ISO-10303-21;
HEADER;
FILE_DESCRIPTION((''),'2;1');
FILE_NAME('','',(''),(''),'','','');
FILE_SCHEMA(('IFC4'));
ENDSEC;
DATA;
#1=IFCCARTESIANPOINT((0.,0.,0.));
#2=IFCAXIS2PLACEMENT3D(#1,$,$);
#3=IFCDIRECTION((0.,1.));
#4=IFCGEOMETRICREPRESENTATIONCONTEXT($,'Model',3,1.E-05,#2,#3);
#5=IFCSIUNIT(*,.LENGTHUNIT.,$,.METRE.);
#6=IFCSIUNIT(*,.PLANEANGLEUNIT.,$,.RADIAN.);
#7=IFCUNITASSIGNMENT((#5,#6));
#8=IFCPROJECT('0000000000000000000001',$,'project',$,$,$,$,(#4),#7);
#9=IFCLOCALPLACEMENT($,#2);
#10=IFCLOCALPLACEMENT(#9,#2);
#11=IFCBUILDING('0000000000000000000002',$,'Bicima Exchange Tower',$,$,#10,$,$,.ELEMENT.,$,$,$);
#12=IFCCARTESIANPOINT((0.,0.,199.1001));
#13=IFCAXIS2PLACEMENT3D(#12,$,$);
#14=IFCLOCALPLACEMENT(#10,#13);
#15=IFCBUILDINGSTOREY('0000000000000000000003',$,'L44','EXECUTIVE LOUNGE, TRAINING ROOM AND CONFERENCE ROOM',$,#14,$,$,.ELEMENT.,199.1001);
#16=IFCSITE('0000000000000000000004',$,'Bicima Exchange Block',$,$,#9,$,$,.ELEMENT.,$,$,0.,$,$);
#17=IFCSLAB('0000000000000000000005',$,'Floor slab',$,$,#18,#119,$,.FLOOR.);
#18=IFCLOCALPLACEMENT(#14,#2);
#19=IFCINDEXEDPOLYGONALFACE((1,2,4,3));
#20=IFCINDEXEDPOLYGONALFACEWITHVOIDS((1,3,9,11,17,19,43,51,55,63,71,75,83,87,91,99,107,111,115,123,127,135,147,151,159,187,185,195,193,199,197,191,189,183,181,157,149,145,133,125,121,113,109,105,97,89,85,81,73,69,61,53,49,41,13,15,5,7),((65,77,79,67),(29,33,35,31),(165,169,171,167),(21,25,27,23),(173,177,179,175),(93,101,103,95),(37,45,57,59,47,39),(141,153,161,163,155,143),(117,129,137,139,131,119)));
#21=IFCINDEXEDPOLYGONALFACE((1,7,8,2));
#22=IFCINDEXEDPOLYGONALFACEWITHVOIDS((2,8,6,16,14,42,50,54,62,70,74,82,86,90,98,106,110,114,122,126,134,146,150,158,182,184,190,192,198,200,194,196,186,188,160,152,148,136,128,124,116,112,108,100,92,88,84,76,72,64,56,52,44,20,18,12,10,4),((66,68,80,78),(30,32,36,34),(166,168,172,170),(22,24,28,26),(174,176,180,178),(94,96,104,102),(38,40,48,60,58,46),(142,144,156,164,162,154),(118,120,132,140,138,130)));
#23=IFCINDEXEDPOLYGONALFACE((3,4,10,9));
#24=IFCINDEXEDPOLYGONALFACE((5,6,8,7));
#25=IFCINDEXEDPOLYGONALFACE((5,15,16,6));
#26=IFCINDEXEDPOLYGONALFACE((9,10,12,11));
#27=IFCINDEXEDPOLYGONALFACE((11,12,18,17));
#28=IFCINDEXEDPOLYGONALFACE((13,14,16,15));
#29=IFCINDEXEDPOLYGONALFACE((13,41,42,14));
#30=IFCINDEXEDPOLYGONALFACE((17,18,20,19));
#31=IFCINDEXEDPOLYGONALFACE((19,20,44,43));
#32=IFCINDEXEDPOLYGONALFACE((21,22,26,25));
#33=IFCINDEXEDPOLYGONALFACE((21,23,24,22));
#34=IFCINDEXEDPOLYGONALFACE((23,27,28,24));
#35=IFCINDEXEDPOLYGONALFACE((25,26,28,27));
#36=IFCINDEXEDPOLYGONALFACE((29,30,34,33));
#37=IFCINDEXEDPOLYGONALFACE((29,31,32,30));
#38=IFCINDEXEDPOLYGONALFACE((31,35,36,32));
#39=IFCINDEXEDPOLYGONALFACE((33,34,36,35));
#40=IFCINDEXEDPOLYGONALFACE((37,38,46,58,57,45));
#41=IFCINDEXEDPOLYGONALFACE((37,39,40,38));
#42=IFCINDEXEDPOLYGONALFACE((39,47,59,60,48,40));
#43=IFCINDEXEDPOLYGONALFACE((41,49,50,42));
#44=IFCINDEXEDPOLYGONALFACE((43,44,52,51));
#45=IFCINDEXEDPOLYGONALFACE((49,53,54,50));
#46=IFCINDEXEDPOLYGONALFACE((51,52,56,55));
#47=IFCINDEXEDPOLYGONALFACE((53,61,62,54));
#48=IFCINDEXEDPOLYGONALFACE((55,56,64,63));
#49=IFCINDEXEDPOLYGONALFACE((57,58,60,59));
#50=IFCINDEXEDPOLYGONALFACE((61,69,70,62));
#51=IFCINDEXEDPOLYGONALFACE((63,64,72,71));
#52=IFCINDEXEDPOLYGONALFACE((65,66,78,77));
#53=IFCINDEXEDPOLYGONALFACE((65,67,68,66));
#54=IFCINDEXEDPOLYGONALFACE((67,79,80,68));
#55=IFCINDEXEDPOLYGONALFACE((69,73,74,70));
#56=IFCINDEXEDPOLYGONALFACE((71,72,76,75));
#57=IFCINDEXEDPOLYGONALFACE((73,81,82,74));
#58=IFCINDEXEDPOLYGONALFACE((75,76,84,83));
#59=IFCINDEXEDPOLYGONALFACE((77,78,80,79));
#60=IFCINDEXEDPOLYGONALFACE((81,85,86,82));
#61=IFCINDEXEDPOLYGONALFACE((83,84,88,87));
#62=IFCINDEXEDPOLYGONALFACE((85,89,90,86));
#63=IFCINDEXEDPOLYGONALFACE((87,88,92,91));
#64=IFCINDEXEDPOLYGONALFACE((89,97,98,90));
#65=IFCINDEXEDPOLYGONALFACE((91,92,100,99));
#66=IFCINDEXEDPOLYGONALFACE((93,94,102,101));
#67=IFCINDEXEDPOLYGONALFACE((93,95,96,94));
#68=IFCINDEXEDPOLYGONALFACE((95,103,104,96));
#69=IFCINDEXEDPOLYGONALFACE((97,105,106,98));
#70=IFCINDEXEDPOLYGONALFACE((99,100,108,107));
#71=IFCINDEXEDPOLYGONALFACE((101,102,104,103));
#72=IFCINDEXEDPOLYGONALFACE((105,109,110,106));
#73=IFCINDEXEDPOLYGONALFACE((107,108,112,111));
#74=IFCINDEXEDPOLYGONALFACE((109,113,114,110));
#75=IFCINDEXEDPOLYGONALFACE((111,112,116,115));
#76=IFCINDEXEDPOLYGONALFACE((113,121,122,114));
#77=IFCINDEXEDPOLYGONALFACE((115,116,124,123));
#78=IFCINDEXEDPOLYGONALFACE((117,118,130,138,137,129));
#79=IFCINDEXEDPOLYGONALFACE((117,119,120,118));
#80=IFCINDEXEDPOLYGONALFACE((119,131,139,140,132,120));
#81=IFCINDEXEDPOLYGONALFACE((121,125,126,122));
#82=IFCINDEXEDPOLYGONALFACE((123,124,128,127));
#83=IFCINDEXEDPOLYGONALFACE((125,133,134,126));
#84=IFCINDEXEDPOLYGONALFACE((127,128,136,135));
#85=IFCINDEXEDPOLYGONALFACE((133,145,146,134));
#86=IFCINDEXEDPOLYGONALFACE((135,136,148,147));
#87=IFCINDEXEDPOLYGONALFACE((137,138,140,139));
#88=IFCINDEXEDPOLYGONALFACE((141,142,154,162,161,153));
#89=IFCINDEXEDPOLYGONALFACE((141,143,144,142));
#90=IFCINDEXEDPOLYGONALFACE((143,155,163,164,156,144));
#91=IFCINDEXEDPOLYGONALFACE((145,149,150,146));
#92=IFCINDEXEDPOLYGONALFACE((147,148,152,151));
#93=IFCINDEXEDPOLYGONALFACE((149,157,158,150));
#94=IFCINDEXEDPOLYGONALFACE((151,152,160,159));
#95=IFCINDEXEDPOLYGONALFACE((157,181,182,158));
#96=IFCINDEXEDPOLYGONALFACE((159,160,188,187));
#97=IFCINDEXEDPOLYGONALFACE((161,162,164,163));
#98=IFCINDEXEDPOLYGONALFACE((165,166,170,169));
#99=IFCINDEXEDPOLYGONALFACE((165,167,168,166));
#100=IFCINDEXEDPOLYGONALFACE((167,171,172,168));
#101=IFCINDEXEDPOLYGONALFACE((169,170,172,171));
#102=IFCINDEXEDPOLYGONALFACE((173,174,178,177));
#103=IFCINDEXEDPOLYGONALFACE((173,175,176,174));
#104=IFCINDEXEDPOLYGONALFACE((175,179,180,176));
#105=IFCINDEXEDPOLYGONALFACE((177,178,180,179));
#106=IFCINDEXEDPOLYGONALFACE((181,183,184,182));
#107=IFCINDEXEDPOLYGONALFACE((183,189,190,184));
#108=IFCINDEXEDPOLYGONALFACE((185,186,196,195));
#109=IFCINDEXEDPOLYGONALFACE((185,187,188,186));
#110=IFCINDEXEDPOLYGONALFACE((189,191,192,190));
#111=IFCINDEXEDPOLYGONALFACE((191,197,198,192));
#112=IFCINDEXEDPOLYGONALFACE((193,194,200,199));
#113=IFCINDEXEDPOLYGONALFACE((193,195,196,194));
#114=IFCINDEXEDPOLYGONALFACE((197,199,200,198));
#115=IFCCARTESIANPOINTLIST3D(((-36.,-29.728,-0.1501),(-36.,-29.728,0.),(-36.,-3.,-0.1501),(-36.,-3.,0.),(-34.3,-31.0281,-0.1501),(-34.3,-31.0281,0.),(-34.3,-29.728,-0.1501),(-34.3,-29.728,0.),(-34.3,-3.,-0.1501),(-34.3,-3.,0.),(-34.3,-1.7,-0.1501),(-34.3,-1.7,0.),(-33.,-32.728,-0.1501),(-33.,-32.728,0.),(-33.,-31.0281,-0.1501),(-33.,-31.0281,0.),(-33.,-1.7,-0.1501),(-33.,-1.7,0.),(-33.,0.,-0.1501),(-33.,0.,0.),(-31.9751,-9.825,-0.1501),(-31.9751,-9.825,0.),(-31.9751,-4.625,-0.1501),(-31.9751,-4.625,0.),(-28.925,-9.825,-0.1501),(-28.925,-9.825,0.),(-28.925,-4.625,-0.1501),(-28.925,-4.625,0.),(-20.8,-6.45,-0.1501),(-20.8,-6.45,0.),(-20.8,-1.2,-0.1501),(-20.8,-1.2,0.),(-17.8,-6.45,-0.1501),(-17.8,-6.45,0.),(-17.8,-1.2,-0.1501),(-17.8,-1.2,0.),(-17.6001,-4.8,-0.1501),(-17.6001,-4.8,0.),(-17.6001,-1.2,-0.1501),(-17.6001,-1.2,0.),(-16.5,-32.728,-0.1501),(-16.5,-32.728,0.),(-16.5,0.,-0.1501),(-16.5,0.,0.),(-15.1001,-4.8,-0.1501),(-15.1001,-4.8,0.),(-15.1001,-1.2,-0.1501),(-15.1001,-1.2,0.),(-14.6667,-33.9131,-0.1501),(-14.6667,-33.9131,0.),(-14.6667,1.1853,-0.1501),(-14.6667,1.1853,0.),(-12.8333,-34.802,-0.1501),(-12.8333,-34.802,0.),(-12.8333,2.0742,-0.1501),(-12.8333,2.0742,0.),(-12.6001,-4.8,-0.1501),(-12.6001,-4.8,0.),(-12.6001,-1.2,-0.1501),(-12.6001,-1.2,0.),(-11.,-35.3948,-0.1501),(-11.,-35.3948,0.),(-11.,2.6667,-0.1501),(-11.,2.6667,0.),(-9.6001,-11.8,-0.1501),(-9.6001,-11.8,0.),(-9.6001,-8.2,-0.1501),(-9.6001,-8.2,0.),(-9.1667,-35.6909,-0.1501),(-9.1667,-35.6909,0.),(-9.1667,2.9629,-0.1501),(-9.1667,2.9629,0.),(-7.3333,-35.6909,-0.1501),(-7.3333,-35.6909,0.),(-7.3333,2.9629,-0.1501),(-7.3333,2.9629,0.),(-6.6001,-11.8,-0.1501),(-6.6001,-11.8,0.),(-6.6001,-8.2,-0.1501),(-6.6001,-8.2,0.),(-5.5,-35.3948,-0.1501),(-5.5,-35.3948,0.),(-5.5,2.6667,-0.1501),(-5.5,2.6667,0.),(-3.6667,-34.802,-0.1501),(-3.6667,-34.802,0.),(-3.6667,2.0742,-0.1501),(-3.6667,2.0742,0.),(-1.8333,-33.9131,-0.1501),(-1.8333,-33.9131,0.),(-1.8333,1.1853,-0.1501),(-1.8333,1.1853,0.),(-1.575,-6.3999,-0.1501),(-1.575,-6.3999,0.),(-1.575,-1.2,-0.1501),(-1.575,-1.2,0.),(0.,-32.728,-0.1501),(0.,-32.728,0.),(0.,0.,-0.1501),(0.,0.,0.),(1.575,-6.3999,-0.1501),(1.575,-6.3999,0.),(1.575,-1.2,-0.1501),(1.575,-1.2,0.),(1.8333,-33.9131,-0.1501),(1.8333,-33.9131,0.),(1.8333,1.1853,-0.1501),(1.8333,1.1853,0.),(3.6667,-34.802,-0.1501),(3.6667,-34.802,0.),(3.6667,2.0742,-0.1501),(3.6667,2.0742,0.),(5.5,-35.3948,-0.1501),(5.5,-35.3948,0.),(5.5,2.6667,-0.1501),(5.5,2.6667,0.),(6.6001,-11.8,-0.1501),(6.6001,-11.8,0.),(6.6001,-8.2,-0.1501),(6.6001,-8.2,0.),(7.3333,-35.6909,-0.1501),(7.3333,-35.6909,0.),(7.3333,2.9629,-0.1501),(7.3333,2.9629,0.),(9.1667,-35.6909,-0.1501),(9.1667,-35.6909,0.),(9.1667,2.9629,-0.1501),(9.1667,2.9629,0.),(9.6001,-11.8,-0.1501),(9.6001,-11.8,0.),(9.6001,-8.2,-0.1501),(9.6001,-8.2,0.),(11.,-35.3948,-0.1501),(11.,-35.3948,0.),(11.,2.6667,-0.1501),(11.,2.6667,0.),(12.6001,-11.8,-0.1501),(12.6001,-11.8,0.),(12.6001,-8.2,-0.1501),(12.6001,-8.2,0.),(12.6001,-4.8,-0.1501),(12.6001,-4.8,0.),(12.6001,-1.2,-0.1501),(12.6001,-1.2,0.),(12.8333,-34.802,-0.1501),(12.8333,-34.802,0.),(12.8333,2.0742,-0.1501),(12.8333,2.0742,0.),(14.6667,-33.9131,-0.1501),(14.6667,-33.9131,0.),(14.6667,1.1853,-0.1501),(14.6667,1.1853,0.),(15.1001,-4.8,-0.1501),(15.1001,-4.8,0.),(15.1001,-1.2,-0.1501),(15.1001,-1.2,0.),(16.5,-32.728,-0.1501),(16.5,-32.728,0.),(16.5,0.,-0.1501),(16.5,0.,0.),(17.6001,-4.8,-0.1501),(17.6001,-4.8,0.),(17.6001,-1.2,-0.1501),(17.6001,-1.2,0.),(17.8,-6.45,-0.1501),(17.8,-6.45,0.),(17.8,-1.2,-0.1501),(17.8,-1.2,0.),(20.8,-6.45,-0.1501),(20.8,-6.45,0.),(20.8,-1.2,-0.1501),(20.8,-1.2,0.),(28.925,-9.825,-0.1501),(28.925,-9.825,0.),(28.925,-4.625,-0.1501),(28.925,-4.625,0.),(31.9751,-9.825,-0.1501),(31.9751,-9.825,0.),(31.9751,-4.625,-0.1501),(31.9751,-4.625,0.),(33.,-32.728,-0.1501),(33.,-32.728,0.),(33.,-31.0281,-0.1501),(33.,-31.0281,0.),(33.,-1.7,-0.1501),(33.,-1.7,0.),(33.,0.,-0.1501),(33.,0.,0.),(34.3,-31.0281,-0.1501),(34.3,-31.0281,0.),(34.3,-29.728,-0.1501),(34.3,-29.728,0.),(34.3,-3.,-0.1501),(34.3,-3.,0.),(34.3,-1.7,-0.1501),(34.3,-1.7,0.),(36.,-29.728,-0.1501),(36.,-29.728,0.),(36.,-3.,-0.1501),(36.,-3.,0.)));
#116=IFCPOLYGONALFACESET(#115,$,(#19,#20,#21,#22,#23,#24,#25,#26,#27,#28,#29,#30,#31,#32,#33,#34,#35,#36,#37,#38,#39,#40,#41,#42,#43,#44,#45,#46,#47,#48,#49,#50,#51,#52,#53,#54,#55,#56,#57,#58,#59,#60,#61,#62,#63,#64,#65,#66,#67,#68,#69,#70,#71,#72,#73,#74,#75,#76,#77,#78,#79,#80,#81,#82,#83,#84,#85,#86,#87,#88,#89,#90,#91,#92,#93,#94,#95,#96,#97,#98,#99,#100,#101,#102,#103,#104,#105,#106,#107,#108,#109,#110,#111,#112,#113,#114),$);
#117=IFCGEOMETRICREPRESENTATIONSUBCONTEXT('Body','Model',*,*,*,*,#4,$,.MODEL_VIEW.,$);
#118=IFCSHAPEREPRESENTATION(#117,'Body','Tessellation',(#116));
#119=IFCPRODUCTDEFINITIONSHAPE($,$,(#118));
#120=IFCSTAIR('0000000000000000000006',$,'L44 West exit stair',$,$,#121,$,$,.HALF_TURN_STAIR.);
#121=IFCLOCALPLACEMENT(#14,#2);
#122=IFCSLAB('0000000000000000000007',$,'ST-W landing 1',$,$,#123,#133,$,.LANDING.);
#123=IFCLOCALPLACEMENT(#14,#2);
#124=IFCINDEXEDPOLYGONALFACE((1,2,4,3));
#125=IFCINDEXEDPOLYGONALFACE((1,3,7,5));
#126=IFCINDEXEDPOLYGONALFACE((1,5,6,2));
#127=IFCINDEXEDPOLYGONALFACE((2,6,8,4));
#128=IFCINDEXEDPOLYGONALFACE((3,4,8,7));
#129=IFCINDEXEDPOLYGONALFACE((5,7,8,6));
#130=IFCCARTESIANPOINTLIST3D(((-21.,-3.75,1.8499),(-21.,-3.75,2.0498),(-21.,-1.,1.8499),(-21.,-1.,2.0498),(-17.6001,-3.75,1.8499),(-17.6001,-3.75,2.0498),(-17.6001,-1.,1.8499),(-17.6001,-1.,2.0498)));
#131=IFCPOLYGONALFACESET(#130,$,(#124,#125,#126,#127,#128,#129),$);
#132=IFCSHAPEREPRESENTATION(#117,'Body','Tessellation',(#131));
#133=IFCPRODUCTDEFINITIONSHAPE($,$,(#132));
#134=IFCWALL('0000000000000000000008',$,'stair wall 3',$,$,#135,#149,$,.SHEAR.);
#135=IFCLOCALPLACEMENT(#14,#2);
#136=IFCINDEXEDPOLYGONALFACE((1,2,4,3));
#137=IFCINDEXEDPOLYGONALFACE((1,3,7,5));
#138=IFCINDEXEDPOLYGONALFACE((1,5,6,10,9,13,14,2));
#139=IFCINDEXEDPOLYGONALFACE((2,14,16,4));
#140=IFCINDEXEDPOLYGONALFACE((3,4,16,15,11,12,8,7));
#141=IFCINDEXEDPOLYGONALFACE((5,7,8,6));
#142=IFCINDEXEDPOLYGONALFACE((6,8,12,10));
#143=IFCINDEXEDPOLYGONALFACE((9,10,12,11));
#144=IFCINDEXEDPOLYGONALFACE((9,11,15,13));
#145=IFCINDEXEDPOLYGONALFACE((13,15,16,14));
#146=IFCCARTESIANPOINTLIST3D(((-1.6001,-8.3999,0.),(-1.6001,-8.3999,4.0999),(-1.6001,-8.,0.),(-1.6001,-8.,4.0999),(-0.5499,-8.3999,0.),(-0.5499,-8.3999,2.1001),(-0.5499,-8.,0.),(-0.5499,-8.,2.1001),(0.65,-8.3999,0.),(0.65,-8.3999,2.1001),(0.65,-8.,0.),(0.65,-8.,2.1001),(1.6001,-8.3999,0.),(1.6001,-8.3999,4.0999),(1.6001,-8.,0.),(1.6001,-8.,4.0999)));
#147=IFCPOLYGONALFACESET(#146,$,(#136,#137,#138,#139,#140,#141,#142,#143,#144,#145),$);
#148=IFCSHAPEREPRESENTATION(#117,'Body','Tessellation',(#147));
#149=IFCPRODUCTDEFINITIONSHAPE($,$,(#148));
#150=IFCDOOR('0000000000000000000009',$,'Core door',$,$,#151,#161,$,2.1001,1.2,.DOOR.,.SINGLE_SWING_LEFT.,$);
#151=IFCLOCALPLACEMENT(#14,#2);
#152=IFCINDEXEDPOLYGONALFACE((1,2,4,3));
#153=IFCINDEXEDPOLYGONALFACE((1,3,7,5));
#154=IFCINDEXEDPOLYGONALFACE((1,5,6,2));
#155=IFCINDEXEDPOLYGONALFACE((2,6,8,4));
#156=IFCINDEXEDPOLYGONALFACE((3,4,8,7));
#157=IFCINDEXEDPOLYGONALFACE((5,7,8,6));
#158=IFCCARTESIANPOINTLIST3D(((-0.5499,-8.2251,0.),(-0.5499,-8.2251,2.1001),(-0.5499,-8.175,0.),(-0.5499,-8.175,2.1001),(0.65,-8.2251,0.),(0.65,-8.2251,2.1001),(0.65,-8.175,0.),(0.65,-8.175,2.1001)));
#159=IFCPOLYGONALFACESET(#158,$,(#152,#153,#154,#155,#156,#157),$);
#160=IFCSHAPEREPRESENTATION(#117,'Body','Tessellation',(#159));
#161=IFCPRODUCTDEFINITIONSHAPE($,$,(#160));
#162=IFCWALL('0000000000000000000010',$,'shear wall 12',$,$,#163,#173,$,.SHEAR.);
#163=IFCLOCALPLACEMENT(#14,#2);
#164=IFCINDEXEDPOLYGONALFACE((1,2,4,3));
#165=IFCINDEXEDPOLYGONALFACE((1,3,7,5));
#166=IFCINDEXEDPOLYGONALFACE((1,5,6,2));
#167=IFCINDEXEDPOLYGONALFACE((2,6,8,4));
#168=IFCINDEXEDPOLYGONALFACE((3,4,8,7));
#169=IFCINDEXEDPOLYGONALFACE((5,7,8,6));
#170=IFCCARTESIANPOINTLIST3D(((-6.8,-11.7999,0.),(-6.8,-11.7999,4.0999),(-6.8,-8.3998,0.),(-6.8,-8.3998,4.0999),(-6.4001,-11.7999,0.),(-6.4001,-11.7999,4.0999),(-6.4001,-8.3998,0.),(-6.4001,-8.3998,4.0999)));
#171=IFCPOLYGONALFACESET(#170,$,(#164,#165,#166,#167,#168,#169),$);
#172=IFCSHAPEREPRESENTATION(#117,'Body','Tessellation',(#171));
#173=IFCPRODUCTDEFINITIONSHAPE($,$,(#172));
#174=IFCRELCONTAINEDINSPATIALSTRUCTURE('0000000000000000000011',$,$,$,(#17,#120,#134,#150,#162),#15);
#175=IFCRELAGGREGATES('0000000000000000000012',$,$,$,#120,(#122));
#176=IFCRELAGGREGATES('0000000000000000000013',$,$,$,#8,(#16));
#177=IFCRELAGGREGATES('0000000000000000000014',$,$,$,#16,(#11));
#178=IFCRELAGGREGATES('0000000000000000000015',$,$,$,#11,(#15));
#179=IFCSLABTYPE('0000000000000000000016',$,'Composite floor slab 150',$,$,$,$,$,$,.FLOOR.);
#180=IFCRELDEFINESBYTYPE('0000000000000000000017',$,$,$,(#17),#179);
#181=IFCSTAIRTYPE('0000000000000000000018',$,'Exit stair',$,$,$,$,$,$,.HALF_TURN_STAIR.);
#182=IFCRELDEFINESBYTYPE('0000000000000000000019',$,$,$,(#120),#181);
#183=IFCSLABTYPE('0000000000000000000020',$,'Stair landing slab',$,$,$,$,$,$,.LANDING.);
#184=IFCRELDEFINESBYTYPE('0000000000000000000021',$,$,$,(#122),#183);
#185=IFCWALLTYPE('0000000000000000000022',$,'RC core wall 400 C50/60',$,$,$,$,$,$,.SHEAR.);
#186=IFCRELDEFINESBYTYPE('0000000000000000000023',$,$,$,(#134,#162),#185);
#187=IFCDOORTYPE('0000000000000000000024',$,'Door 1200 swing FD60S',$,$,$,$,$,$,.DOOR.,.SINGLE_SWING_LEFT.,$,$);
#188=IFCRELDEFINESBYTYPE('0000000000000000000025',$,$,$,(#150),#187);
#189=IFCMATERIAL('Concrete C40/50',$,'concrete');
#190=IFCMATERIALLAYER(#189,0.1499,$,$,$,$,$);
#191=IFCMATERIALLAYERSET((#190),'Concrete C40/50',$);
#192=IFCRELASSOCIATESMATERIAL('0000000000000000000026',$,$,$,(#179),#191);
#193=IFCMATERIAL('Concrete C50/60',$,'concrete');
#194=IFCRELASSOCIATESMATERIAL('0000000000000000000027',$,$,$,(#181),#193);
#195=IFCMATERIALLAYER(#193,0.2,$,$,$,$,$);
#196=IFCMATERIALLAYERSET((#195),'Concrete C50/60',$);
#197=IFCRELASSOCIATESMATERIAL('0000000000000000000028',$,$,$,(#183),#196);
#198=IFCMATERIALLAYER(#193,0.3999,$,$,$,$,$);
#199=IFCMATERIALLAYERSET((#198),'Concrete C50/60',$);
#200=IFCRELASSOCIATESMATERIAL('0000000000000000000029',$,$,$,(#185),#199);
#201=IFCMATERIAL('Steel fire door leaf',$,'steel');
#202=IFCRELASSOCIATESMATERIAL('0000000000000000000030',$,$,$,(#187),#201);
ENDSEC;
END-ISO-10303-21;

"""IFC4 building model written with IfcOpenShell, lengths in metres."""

from ifc_helpers import new_model, si_unit, direction, frame, frame_2d, origin, place, context, subcontext, project, spatial, polyline, rectangle, outline, extrude, material, layer, layer_set, type_object, element, fill, aggregate, save


model = new_model("IFC4")

# Units and contexts
model_context = context("Model", 3, precision=1e-05, world=origin(), true_north=direction((0.0, 1.0)))
body_context = subcontext(model_context, "Body", "Model", "MODEL_VIEW")
ifc_project = project(units=[si_unit("LENGTHUNIT", "METRE"), si_unit("PLANEANGLEUNIT", "RADIAN")], contexts=[model_context])

# Site, building, storey
site_placement = place(None, origin())
site = spatial("IfcSite", under=ifc_project, at=site_placement, Name="Bicima Exchange Block", CompositionType="ELEMENT", RefElevation=0.0)
building_placement = place(site_placement, origin())
building = spatial("IfcBuilding", under=site, at=building_placement, Name="Bicima Exchange Tower", CompositionType="ELEMENT")
storey_placement = place(building_placement, frame((0.0, 0.0, 199.1001)))
storey = spatial("IfcBuildingStorey", under=building, at=storey_placement, Name="L44", Description="EXECUTIVE LOUNGE, TRAINING ROOM AND CONFERENCE ROOM", CompositionType="ELEMENT", Elevation=199.1001)

# Slab
ifc_material_1 = material(Name="Concrete C40/50", Category="concrete")
ifc_layer_1 = layer(ifc_material_1, 0.1499)
ifc_layer_set_1 = layer_set([ifc_layer_1], Name="Concrete C40/50")
slab_type_1 = type_object("IfcSlabType", Name="Composite floor slab 150", PredefinedType="FLOOR", material=ifc_layer_set_1)
slab_1_placement = place(storey_placement, frame((0.0, 0.0, -0.1501)))
element("IfcSlab", 1, at=slab_1_placement, inside=storey, type_object=slab_type_1, Name="Floor slab", PredefinedType="FLOOR", context=body_context, shape_type="SweptSolid", body=[
    extrude(outline(polyline([(-36.0, -29.728), (-36.0, -3.0), (-34.3, -3.0), (-34.3, -1.7), (-33.0, -1.7), (-33.0, 0.0), (-16.5, 0.0), (-14.6667, 1.1853), (-12.8333, 2.0742), (-11.0, 2.6667), (-9.1667, 2.9629), (-7.3333, 2.9629), (-5.5, 2.6667), (-3.6667, 2.0742), (-1.8333, 1.1853), (0.0, 0.0), (1.8333, 1.1853), (3.6667, 2.0742), (5.5, 2.6667), (7.3333, 2.9629), (9.1667, 2.9629), (11.0, 2.6667), (12.8333, 2.0742), (14.6667, 1.1853), (16.5, 0.0), (33.0, 0.0), (33.0, -1.7), (34.3, -1.7), (34.3, -3.0), (36.0, -3.0), (36.0, -29.728), (34.3, -29.728), (34.3, -31.0281), (33.0, -31.0281), (33.0, -32.728), (16.5, -32.728), (14.6667, -33.9131), (12.8333, -34.802), (11.0, -35.3948), (9.1667, -35.6909), (7.3333, -35.6909), (5.5, -35.3948), (3.6667, -34.802), (1.8333, -33.9131), (0.0, -32.728), (-1.8333, -33.9131), (-3.6667, -34.802), (-5.5, -35.3948), (-7.3333, -35.6909), (-9.1667, -35.6909), (-11.0, -35.3948), (-12.8333, -34.802), (-14.6667, -33.9131), (-16.5, -32.728), (-33.0, -32.728), (-33.0, -31.0281), (-34.3, -31.0281), (-34.3, -29.728), (-36.0, -29.728)]), holes=[polyline([(-6.6001, -11.8), (-6.6001, -8.2), (-9.6001, -8.2), (-9.6001, -11.8), (-6.6001, -11.8)]), polyline([(-31.9751, -9.825), (-28.925, -9.825), (-28.925, -4.625), (-31.9751, -4.625), (-31.9751, -9.825)]), polyline([(-20.8, -6.45), (-17.8, -6.45), (-17.8, -1.2), (-20.8, -1.2), (-20.8, -6.45)]), polyline([(1.575, -6.3999), (1.575, -1.2), (-1.575, -1.2), (-1.575, -6.3999), (1.575, -6.3999)]), polyline([(-12.6001, -4.8), (-12.6001, -1.2), (-15.1001, -1.2), (-17.6001, -1.2), (-17.6001, -4.8), (-15.1001, -4.8), (-12.6001, -4.8)]), polyline([(12.6001, -8.2), (9.6001, -8.2), (6.6001, -8.2), (6.6001, -11.8), (9.6001, -11.8), (12.6001, -11.8), (12.6001, -8.2)]), polyline([(28.925, -9.825), (31.9751, -9.825), (31.9751, -4.625), (28.925, -4.625), (28.925, -9.825)]), polyline([(20.8, -6.45), (20.8, -1.2), (17.8, -1.2), (17.8, -6.45), (20.8, -6.45)]), polyline([(17.6001, -4.8), (17.6001, -1.2), (15.1001, -1.2), (12.6001, -1.2), (12.6001, -4.8), (15.1001, -4.8), (17.6001, -4.8)])]), origin(), (0.0, 0.0, 1.0), 0.1501),
])

# Stair, slab
ifc_material_2 = material(Name="Concrete C50/60", Category="concrete")
stair_type_1 = type_object("IfcStairType", Name="Exit stair", PredefinedType="HALF_TURN_STAIR", material=ifc_material_2)
stair_1_placement = place(storey_placement, origin())
stair_1 = element("IfcStair", 2, at=stair_1_placement, inside=storey, type_object=stair_type_1, Name="L44 West exit stair", PredefinedType="HALF_TURN_STAIR")
ifc_layer_2 = layer(ifc_material_2, 0.2)
ifc_layer_set_2 = layer_set([ifc_layer_2], Name="Concrete C50/60")
slab_type_2 = type_object("IfcSlabType", Name="Stair landing slab", PredefinedType="LANDING", material=ifc_layer_set_2)
slab_2_placement = place(storey_placement, frame((0.0, 0.0, 1.8499)))
slab_2 = element("IfcSlab", 3, at=slab_2_placement, type_object=slab_type_2, Name="ST-W landing 1", PredefinedType="LANDING", context=body_context, shape_type="SweptSolid", body=[
    extrude(outline(polyline([(-17.6001, -3.75), (-17.6001, -1.0), (-21.0, -1.0), (-21.0, -3.75), (-17.6001, -3.75)])), origin(), (0.0, 0.0, 1.0), 0.2),
])
aggregate(stair_1, [slab_2])

# Wall, opening, door
ifc_layer_3 = layer(ifc_material_2, 0.3999)
ifc_layer_set_3 = layer_set([ifc_layer_3], Name="Concrete C50/60")
wall_type_1 = type_object("IfcWallType", Name="RC core wall 400 C50/60", PredefinedType="SHEAR", material=ifc_layer_set_3)
wall_1_placement = place(storey_placement, frame((-1.6001, -8.2, 0.0), z_axis=(0.0, 0.0, 1.0), x_axis=(1.0, 0.0, 0.0)))
wall_1 = element("IfcWall", 4, at=wall_1_placement, inside=storey, type_object=wall_type_1, Name="stair wall 3", PredefinedType="SHEAR", context=body_context, shape_type="SweptSolid", body=[
    extrude(rectangle(XDim=3.2002, YDim=0.3999, at=frame_2d((1.6001, 0.0))), origin(), (0.0, 0.0, 1.0), 4.0999),
])
opening_1_placement = place(wall_1_placement, frame((1.05, 0.0, 0.0)))
opening_1 = element("IfcOpeningElement", 5, at=opening_1_placement, cuts=wall_1, PredefinedType="OPENING", context=body_context, shape_type="SweptSolid", body=[
    extrude(rectangle(XDim=1.2, YDim=2.1001, at=frame_2d((0.6001, 1.05))), frame((0.0, 0.2119, 0.0), z_axis=(0.0, -1.0, 0.0), x_axis=(1.0, 0.0, 0.0)), (0.0, 0.0, 1.0), 0.4238),
])
ifc_material_3 = material(Name="Steel fire door leaf", Category="steel")
door_type_1 = type_object("IfcDoorType", Name="Door 1200 swing FD60S", OperationType="SINGLE_SWING_LEFT", PredefinedType="DOOR", material=ifc_material_3)
door_1_placement = place(opening_1_placement, origin())
door_1 = element("IfcDoor", 6, at=door_1_placement, inside=storey, type_object=door_type_1, Name="Core door", OperationType="SINGLE_SWING_LEFT", OverallHeight=2.1001, OverallWidth=1.2, PredefinedType="DOOR", context=body_context, shape_type="SweptSolid", body=[
    extrude(rectangle(XDim=1.2, YDim=2.1001, at=frame_2d((0.6001, 1.05))), frame((0.0, 0.0249, 0.0), z_axis=(0.0, -1.0, 0.0), x_axis=(1.0, 0.0, 0.0)), (0.0, 0.0, 1.0), 0.05),
])
fill(opening_1, door_1)

# Wall
wall_2_placement = place(storey_placement, frame((-6.6001, -11.8, 0.0), z_axis=(0.0, 0.0, 1.0), x_axis=(0.0, 1.0, 0.0)))
element("IfcWall", 7, at=wall_2_placement, inside=storey, type_object=wall_type_1, Name="shear wall 12", PredefinedType="SHEAR", context=body_context, shape_type="SweptSolid", body=[
    extrude(rectangle(XDim=3.4001, YDim=0.3999, at=frame_2d((1.7002, 0.0))), origin(), (0.0, 0.0, 1.0), 4.0999),
])

save(model, "model.ifc")
